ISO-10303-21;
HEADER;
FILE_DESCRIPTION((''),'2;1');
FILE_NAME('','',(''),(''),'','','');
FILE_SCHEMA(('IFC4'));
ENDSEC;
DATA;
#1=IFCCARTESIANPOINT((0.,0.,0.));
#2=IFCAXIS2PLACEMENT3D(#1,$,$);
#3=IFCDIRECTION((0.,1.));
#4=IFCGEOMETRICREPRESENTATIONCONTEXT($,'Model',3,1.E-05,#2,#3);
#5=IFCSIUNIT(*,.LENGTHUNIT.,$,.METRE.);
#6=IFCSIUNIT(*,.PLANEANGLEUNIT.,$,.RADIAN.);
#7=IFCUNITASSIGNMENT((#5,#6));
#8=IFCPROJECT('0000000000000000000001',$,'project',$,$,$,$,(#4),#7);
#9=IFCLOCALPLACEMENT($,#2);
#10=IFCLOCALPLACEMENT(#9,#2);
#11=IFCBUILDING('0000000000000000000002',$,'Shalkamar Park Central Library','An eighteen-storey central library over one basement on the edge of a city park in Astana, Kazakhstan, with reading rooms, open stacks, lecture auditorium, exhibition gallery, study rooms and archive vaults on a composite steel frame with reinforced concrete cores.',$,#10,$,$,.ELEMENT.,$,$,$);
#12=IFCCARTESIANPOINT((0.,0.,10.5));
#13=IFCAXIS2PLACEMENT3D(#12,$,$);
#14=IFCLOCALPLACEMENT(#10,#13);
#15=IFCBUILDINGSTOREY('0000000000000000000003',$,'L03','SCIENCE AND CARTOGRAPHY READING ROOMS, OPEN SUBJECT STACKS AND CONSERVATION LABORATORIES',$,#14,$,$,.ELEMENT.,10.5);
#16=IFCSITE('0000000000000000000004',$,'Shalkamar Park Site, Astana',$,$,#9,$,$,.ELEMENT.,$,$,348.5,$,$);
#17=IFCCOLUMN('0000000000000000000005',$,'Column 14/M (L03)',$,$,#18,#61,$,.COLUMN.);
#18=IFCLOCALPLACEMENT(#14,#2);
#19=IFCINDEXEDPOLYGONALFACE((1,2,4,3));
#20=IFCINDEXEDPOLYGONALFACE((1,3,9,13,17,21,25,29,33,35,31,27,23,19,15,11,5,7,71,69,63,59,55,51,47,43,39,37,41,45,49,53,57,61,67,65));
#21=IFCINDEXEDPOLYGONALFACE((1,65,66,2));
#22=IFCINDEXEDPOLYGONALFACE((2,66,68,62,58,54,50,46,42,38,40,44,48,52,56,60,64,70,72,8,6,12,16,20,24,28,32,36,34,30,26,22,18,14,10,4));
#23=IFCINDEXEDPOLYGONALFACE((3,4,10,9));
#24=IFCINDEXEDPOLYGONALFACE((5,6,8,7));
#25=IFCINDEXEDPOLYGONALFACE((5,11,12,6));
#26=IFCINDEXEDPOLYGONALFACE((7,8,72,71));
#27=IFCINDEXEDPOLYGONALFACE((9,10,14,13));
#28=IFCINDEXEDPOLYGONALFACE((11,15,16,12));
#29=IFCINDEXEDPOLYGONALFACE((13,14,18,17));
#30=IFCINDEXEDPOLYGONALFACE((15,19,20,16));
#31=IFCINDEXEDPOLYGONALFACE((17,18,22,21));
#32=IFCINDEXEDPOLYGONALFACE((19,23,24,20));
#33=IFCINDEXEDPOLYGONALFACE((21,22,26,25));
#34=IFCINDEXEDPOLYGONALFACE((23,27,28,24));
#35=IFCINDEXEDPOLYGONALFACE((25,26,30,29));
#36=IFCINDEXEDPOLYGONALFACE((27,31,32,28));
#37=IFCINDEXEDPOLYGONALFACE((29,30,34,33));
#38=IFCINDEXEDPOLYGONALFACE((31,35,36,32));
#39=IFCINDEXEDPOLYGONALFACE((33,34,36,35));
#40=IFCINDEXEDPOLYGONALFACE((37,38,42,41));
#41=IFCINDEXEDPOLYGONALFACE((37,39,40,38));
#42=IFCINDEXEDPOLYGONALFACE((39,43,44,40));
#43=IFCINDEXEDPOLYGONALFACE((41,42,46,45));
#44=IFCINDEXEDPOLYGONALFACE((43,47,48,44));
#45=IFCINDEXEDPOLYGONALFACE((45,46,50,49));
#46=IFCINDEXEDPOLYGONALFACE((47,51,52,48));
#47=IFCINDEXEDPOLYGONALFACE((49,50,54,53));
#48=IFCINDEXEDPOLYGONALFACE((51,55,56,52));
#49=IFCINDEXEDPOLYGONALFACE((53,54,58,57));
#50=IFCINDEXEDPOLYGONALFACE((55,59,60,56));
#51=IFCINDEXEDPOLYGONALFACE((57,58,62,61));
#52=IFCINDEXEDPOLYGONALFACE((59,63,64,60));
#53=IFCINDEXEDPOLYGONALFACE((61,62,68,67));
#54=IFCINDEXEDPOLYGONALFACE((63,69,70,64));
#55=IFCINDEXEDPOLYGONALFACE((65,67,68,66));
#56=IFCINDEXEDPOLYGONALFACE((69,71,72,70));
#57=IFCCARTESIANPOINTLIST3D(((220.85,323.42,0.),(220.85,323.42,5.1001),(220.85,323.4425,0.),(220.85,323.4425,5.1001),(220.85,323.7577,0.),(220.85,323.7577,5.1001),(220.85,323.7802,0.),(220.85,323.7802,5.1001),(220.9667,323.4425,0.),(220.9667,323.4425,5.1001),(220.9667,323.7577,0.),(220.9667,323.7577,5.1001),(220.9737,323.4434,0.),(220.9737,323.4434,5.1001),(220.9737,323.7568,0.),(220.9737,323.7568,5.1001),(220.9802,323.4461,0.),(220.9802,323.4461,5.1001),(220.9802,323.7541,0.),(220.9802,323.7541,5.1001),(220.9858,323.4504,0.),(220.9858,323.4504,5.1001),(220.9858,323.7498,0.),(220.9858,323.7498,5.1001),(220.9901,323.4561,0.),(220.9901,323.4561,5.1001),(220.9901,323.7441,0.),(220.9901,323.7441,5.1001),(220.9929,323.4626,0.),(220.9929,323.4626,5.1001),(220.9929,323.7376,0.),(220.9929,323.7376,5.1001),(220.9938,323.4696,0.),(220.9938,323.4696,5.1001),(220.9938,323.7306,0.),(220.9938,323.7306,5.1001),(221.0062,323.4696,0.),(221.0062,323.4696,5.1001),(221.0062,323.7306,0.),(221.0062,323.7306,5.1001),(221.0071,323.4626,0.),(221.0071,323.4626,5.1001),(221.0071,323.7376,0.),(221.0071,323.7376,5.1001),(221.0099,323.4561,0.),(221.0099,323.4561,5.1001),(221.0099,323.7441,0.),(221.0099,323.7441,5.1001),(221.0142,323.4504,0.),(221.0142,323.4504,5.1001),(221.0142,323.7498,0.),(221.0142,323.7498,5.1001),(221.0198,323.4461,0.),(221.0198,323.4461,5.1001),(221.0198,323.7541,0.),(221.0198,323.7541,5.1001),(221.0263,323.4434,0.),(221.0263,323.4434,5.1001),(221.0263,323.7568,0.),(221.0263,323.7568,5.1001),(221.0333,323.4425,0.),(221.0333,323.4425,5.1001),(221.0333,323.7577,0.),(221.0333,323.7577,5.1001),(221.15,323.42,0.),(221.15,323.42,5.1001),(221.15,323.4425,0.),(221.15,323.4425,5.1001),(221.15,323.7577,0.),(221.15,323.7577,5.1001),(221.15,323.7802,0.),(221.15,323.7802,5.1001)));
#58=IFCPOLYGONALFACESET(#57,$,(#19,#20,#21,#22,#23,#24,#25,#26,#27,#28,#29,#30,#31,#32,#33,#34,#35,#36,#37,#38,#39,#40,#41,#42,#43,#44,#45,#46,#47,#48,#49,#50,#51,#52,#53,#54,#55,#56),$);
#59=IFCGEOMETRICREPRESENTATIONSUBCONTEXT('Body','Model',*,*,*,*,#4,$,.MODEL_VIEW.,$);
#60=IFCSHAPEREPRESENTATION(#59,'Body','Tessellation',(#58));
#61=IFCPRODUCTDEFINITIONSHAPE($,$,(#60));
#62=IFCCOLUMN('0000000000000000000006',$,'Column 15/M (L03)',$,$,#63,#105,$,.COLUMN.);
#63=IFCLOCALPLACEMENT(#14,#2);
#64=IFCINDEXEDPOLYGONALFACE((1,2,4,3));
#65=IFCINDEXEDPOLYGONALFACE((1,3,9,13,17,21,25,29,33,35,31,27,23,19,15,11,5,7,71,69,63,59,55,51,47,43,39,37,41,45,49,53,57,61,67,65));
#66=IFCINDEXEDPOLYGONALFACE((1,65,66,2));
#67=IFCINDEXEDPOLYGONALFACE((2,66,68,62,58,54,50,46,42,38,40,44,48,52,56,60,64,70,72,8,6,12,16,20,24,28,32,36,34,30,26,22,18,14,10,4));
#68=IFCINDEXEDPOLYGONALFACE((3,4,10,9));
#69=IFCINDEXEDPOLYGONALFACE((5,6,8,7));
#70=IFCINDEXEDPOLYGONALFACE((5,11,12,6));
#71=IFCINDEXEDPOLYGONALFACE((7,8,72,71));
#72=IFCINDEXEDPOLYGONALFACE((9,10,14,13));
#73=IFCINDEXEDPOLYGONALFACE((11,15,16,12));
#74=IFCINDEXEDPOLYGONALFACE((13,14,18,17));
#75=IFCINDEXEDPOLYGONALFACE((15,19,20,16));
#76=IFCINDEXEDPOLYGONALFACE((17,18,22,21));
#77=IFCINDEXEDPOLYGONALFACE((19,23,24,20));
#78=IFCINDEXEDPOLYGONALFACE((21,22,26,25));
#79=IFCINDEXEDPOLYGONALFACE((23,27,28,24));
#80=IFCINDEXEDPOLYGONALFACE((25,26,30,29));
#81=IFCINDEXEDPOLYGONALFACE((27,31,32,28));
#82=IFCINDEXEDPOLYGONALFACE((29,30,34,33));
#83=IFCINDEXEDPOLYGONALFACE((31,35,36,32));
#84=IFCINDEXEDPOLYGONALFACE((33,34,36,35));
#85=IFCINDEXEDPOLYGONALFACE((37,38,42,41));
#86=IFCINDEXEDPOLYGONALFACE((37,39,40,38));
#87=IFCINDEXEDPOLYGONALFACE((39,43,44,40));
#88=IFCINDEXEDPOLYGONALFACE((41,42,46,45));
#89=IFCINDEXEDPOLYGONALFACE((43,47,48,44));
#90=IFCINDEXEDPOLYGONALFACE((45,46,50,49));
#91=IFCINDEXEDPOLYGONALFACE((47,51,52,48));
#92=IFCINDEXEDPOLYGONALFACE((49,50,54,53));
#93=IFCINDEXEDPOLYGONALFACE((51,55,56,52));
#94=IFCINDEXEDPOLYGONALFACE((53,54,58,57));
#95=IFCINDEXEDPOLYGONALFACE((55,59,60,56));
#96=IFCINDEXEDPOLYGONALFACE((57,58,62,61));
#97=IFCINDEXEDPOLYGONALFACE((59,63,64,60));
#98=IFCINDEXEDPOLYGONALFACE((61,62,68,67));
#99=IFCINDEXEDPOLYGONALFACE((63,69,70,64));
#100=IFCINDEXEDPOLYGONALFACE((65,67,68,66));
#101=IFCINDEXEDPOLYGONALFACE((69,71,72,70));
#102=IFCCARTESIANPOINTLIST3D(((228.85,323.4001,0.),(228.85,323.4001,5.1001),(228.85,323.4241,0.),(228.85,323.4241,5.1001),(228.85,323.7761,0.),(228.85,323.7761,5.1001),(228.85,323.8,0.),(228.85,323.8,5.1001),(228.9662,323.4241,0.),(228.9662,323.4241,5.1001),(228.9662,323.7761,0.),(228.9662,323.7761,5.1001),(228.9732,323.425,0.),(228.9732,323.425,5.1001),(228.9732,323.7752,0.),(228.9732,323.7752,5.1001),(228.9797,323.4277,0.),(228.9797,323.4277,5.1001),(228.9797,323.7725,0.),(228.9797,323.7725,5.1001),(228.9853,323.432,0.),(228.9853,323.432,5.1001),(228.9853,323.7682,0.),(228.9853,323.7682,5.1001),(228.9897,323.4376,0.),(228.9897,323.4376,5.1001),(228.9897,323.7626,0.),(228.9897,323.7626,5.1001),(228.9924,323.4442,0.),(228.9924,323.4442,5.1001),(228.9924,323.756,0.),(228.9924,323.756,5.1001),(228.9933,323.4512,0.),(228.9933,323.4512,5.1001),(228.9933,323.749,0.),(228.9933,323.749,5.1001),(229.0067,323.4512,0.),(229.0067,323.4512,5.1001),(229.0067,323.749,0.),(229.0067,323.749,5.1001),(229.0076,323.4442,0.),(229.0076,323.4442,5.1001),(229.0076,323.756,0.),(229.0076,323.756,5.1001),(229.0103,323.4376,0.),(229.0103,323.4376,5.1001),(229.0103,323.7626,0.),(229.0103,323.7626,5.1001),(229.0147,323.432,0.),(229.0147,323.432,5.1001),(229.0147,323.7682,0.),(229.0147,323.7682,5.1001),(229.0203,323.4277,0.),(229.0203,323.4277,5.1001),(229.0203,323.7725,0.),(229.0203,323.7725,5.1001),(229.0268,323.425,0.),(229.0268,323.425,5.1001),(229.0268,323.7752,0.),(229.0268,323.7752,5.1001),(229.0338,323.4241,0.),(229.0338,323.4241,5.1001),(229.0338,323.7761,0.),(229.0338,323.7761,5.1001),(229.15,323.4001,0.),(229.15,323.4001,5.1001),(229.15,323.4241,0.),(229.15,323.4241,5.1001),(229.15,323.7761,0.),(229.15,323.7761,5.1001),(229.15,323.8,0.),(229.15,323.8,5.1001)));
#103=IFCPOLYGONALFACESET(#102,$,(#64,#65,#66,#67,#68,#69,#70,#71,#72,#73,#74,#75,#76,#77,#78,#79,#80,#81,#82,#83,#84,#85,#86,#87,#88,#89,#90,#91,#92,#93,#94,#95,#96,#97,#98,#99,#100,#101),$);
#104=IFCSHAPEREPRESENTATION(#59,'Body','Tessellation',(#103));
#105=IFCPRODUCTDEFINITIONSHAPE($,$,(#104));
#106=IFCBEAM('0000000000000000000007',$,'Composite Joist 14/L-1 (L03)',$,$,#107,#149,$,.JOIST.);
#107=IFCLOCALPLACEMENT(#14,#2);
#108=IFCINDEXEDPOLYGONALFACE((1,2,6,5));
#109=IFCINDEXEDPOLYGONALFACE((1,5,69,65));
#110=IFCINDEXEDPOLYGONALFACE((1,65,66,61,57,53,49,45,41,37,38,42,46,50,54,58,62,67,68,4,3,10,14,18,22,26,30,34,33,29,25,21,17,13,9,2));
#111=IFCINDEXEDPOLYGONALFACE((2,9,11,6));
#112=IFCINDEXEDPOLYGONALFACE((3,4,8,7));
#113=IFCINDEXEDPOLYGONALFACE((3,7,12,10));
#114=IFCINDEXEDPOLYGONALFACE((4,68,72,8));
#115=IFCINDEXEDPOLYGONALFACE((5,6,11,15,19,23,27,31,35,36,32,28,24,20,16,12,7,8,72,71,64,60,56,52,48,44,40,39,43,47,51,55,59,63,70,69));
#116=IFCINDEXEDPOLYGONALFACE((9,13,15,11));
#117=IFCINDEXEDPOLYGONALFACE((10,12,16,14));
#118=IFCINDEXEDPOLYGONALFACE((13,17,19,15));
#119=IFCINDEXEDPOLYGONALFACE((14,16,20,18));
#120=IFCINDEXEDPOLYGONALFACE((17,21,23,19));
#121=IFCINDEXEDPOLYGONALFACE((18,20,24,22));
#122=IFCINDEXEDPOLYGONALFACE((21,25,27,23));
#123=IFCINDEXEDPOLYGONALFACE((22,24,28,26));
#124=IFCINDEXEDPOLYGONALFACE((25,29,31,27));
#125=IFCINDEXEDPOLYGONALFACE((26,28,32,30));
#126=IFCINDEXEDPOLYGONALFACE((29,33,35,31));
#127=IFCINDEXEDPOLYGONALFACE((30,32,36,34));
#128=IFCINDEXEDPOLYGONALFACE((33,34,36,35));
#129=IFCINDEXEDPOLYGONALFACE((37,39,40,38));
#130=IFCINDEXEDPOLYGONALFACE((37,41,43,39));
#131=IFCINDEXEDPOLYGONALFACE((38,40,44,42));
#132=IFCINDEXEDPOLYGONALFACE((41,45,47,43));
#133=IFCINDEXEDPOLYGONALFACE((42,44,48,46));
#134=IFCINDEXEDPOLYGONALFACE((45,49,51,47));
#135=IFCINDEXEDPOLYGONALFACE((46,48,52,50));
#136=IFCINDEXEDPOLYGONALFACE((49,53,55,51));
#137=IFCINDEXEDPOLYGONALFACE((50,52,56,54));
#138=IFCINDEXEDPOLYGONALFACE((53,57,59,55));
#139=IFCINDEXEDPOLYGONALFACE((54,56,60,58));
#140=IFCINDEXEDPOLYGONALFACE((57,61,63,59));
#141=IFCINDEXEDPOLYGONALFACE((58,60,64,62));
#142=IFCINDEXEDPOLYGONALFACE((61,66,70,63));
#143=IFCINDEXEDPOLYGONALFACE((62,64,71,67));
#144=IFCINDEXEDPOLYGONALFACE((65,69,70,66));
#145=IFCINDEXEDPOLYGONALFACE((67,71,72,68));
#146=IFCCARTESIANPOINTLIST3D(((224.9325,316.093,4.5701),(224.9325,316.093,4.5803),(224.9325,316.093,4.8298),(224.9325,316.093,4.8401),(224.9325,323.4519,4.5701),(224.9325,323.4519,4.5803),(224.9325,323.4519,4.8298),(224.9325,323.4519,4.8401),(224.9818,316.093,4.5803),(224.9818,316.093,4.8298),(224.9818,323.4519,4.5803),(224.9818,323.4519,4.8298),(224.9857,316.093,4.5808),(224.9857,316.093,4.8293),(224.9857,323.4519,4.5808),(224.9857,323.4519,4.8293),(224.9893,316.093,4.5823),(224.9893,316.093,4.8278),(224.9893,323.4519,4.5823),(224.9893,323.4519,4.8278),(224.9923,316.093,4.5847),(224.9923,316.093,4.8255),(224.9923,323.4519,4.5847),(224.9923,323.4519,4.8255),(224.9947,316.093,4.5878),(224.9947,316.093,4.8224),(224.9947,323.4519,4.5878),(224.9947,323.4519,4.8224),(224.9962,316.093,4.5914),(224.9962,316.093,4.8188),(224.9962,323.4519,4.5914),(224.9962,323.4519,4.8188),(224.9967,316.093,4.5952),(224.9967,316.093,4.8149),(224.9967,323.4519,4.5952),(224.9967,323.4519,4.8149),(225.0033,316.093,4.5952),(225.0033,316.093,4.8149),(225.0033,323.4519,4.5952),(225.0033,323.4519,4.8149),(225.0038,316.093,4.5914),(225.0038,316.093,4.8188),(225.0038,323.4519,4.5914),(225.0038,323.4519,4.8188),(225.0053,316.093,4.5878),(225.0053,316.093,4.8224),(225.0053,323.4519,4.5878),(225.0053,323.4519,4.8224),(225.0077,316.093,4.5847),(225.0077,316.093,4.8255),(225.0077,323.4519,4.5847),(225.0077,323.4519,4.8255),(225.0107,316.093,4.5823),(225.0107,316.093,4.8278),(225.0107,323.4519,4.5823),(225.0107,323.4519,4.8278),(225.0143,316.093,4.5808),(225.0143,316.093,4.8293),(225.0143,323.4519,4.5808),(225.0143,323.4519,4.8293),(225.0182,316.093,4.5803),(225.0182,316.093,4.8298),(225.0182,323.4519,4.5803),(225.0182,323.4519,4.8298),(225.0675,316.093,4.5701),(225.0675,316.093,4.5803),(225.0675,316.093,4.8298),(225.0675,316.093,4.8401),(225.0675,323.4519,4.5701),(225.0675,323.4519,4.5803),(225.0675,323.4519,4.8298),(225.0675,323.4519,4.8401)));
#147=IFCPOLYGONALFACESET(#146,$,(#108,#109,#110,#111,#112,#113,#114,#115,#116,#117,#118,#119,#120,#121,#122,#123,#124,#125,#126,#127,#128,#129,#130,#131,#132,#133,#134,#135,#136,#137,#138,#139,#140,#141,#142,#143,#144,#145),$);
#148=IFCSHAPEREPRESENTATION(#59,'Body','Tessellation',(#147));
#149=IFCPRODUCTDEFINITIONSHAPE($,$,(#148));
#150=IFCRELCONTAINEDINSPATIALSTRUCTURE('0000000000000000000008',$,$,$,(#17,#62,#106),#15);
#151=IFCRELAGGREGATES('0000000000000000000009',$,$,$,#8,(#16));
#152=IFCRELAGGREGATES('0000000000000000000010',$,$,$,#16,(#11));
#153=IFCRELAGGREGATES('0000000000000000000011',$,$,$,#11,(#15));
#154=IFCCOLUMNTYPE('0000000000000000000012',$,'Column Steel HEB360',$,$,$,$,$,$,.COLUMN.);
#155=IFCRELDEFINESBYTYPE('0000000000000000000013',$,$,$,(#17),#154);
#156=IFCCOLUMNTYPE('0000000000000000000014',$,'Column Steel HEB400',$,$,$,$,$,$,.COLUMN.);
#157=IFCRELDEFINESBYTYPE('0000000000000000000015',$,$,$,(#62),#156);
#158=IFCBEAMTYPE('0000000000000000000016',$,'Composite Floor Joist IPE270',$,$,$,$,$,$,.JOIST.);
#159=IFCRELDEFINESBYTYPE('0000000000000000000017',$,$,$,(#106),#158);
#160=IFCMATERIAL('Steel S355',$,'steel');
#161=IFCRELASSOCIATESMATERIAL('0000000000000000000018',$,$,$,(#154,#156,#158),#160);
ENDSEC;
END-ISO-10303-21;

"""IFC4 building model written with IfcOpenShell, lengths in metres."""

from ifc_helpers import new_model, si_unit, direction, frame, origin, origin_2d, place, context, subcontext, project, spatial, i_section, extrude, material, material_profile, profile_set, type_object, element, save


model = new_model("IFC4")

# Units and contexts
model_context = context("Model", 3, precision=1e-05, world=origin(), true_north=direction((0.0, 1.0)))
body_context = subcontext(model_context, "Body", "Model", "MODEL_VIEW")
ifc_project = project(units=[si_unit("LENGTHUNIT", "METRE"), si_unit("PLANEANGLEUNIT", "RADIAN")], contexts=[model_context])

# Site, building, storey
site_placement = place(None, origin())
site = spatial("IfcSite", under=ifc_project, at=site_placement, Name="Shalkamar Park Site, Astana", CompositionType="ELEMENT", RefElevation=348.5)
building_placement = place(site_placement, origin())
building = spatial("IfcBuilding", under=site, at=building_placement, Name="Shalkamar Park Central Library", Description="An eighteen-storey central library over one basement on the edge of a city park in Astana, Kazakhstan, with reading rooms, open stacks, lecture auditorium, exhibition gallery, study rooms and archive vaults on a composite steel frame with reinforced concrete cores.", CompositionType="ELEMENT")
storey_placement = place(building_placement, frame((0.0, 0.0, 10.5)))
storey = spatial("IfcBuildingStorey", under=building, at=storey_placement, Name="L03", Description="SCIENCE AND CARTOGRAPHY READING ROOMS, OPEN SUBJECT STACKS AND CONSERVATION LABORATORIES", CompositionType="ELEMENT", Elevation=10.5)

# Columns
ifc_material_1 = material(Name="Steel S355", Category="steel")
ifc_material_profile_1 = material_profile(ifc_material_1, i_section(OverallWidth=0.3, OverallDepth=0.3601, WebThickness=0.0125, FlangeThickness=0.0225, FilletRadius=0.0271, at=origin_2d()), Name="HEB 360")
ifc_profile_set_1 = profile_set([ifc_material_profile_1], Name="Steel S355")
column_type_1 = type_object("IfcColumnType", Name="Column Steel HEB360", PredefinedType="COLUMN", material=ifc_profile_set_1)
column_1_placement = place(storey_placement, frame((221.0, 323.6001, 0.0), z_axis=(0.0, 0.0, 1.0), x_axis=(1.0, 0.0, 0.0)))
element("IfcColumn", 1, at=column_1_placement, inside=storey, type_object=column_type_1, Name="Column 14/M (L03)", PredefinedType="COLUMN", context=body_context, shape_type="SweptSolid", body=[
    extrude(i_section(OverallWidth=0.3, OverallDepth=0.3601, WebThickness=0.0125, FlangeThickness=0.0225, FilletRadius=0.0271, at=origin_2d()), origin(), (0.0, 0.0, 1.0), 5.1001),
])
ifc_material_profile_2 = material_profile(ifc_material_1, i_section(OverallWidth=0.3, OverallDepth=0.3999, WebThickness=0.0134, FlangeThickness=0.0239, FilletRadius=0.0271, at=origin_2d()), Name="HEB 400")
ifc_profile_set_2 = profile_set([ifc_material_profile_2], Name="Steel S355")
column_type_2 = type_object("IfcColumnType", Name="Column Steel HEB400", PredefinedType="COLUMN", material=ifc_profile_set_2)
column_2_placement = place(storey_placement, frame((229.0, 323.6001, 0.0), z_axis=(0.0, 0.0, 1.0), x_axis=(1.0, 0.0, 0.0)))
element("IfcColumn", 2, at=column_2_placement, inside=storey, type_object=column_type_2, Name="Column 15/M (L03)", PredefinedType="COLUMN", context=body_context, shape_type="SweptSolid", body=[
    extrude(i_section(OverallWidth=0.3, OverallDepth=0.3999, WebThickness=0.0134, FlangeThickness=0.0239, FilletRadius=0.0271, at=origin_2d()), origin(), (0.0, 0.0, 1.0), 5.1001),
])

# Beam
ifc_material_profile_3 = material_profile(ifc_material_1, i_section(OverallWidth=0.135, OverallDepth=0.27, WebThickness=0.0066, FlangeThickness=0.0103, FilletRadius=0.0149, at=origin_2d()), Name="IPE 270")
ifc_profile_set_3 = profile_set([ifc_material_profile_3], Name="Steel S355")
beam_type_1 = type_object("IfcBeamType", Name="Composite Floor Joist IPE270", PredefinedType="JOIST", material=ifc_profile_set_3)
beam_1_placement = place(storey_placement, frame((225.0, 316.093, 4.7051), z_axis=(0.0, 1.0, 0.0), x_axis=(-1.0, 0.0, 0.0)))
element("IfcBeam", 3, at=beam_1_placement, inside=storey, type_object=beam_type_1, Name="Composite Joist 14/L-1 (L03)", PredefinedType="JOIST", context=body_context, shape_type="SweptSolid", body=[
    extrude(i_section(OverallWidth=0.135, OverallDepth=0.27, WebThickness=0.0066, FlangeThickness=0.0103, FilletRadius=0.0149, at=origin_2d()), origin(), (0.0, 0.0, 1.0), 7.3589),
])

save(model, "model.ifc")
